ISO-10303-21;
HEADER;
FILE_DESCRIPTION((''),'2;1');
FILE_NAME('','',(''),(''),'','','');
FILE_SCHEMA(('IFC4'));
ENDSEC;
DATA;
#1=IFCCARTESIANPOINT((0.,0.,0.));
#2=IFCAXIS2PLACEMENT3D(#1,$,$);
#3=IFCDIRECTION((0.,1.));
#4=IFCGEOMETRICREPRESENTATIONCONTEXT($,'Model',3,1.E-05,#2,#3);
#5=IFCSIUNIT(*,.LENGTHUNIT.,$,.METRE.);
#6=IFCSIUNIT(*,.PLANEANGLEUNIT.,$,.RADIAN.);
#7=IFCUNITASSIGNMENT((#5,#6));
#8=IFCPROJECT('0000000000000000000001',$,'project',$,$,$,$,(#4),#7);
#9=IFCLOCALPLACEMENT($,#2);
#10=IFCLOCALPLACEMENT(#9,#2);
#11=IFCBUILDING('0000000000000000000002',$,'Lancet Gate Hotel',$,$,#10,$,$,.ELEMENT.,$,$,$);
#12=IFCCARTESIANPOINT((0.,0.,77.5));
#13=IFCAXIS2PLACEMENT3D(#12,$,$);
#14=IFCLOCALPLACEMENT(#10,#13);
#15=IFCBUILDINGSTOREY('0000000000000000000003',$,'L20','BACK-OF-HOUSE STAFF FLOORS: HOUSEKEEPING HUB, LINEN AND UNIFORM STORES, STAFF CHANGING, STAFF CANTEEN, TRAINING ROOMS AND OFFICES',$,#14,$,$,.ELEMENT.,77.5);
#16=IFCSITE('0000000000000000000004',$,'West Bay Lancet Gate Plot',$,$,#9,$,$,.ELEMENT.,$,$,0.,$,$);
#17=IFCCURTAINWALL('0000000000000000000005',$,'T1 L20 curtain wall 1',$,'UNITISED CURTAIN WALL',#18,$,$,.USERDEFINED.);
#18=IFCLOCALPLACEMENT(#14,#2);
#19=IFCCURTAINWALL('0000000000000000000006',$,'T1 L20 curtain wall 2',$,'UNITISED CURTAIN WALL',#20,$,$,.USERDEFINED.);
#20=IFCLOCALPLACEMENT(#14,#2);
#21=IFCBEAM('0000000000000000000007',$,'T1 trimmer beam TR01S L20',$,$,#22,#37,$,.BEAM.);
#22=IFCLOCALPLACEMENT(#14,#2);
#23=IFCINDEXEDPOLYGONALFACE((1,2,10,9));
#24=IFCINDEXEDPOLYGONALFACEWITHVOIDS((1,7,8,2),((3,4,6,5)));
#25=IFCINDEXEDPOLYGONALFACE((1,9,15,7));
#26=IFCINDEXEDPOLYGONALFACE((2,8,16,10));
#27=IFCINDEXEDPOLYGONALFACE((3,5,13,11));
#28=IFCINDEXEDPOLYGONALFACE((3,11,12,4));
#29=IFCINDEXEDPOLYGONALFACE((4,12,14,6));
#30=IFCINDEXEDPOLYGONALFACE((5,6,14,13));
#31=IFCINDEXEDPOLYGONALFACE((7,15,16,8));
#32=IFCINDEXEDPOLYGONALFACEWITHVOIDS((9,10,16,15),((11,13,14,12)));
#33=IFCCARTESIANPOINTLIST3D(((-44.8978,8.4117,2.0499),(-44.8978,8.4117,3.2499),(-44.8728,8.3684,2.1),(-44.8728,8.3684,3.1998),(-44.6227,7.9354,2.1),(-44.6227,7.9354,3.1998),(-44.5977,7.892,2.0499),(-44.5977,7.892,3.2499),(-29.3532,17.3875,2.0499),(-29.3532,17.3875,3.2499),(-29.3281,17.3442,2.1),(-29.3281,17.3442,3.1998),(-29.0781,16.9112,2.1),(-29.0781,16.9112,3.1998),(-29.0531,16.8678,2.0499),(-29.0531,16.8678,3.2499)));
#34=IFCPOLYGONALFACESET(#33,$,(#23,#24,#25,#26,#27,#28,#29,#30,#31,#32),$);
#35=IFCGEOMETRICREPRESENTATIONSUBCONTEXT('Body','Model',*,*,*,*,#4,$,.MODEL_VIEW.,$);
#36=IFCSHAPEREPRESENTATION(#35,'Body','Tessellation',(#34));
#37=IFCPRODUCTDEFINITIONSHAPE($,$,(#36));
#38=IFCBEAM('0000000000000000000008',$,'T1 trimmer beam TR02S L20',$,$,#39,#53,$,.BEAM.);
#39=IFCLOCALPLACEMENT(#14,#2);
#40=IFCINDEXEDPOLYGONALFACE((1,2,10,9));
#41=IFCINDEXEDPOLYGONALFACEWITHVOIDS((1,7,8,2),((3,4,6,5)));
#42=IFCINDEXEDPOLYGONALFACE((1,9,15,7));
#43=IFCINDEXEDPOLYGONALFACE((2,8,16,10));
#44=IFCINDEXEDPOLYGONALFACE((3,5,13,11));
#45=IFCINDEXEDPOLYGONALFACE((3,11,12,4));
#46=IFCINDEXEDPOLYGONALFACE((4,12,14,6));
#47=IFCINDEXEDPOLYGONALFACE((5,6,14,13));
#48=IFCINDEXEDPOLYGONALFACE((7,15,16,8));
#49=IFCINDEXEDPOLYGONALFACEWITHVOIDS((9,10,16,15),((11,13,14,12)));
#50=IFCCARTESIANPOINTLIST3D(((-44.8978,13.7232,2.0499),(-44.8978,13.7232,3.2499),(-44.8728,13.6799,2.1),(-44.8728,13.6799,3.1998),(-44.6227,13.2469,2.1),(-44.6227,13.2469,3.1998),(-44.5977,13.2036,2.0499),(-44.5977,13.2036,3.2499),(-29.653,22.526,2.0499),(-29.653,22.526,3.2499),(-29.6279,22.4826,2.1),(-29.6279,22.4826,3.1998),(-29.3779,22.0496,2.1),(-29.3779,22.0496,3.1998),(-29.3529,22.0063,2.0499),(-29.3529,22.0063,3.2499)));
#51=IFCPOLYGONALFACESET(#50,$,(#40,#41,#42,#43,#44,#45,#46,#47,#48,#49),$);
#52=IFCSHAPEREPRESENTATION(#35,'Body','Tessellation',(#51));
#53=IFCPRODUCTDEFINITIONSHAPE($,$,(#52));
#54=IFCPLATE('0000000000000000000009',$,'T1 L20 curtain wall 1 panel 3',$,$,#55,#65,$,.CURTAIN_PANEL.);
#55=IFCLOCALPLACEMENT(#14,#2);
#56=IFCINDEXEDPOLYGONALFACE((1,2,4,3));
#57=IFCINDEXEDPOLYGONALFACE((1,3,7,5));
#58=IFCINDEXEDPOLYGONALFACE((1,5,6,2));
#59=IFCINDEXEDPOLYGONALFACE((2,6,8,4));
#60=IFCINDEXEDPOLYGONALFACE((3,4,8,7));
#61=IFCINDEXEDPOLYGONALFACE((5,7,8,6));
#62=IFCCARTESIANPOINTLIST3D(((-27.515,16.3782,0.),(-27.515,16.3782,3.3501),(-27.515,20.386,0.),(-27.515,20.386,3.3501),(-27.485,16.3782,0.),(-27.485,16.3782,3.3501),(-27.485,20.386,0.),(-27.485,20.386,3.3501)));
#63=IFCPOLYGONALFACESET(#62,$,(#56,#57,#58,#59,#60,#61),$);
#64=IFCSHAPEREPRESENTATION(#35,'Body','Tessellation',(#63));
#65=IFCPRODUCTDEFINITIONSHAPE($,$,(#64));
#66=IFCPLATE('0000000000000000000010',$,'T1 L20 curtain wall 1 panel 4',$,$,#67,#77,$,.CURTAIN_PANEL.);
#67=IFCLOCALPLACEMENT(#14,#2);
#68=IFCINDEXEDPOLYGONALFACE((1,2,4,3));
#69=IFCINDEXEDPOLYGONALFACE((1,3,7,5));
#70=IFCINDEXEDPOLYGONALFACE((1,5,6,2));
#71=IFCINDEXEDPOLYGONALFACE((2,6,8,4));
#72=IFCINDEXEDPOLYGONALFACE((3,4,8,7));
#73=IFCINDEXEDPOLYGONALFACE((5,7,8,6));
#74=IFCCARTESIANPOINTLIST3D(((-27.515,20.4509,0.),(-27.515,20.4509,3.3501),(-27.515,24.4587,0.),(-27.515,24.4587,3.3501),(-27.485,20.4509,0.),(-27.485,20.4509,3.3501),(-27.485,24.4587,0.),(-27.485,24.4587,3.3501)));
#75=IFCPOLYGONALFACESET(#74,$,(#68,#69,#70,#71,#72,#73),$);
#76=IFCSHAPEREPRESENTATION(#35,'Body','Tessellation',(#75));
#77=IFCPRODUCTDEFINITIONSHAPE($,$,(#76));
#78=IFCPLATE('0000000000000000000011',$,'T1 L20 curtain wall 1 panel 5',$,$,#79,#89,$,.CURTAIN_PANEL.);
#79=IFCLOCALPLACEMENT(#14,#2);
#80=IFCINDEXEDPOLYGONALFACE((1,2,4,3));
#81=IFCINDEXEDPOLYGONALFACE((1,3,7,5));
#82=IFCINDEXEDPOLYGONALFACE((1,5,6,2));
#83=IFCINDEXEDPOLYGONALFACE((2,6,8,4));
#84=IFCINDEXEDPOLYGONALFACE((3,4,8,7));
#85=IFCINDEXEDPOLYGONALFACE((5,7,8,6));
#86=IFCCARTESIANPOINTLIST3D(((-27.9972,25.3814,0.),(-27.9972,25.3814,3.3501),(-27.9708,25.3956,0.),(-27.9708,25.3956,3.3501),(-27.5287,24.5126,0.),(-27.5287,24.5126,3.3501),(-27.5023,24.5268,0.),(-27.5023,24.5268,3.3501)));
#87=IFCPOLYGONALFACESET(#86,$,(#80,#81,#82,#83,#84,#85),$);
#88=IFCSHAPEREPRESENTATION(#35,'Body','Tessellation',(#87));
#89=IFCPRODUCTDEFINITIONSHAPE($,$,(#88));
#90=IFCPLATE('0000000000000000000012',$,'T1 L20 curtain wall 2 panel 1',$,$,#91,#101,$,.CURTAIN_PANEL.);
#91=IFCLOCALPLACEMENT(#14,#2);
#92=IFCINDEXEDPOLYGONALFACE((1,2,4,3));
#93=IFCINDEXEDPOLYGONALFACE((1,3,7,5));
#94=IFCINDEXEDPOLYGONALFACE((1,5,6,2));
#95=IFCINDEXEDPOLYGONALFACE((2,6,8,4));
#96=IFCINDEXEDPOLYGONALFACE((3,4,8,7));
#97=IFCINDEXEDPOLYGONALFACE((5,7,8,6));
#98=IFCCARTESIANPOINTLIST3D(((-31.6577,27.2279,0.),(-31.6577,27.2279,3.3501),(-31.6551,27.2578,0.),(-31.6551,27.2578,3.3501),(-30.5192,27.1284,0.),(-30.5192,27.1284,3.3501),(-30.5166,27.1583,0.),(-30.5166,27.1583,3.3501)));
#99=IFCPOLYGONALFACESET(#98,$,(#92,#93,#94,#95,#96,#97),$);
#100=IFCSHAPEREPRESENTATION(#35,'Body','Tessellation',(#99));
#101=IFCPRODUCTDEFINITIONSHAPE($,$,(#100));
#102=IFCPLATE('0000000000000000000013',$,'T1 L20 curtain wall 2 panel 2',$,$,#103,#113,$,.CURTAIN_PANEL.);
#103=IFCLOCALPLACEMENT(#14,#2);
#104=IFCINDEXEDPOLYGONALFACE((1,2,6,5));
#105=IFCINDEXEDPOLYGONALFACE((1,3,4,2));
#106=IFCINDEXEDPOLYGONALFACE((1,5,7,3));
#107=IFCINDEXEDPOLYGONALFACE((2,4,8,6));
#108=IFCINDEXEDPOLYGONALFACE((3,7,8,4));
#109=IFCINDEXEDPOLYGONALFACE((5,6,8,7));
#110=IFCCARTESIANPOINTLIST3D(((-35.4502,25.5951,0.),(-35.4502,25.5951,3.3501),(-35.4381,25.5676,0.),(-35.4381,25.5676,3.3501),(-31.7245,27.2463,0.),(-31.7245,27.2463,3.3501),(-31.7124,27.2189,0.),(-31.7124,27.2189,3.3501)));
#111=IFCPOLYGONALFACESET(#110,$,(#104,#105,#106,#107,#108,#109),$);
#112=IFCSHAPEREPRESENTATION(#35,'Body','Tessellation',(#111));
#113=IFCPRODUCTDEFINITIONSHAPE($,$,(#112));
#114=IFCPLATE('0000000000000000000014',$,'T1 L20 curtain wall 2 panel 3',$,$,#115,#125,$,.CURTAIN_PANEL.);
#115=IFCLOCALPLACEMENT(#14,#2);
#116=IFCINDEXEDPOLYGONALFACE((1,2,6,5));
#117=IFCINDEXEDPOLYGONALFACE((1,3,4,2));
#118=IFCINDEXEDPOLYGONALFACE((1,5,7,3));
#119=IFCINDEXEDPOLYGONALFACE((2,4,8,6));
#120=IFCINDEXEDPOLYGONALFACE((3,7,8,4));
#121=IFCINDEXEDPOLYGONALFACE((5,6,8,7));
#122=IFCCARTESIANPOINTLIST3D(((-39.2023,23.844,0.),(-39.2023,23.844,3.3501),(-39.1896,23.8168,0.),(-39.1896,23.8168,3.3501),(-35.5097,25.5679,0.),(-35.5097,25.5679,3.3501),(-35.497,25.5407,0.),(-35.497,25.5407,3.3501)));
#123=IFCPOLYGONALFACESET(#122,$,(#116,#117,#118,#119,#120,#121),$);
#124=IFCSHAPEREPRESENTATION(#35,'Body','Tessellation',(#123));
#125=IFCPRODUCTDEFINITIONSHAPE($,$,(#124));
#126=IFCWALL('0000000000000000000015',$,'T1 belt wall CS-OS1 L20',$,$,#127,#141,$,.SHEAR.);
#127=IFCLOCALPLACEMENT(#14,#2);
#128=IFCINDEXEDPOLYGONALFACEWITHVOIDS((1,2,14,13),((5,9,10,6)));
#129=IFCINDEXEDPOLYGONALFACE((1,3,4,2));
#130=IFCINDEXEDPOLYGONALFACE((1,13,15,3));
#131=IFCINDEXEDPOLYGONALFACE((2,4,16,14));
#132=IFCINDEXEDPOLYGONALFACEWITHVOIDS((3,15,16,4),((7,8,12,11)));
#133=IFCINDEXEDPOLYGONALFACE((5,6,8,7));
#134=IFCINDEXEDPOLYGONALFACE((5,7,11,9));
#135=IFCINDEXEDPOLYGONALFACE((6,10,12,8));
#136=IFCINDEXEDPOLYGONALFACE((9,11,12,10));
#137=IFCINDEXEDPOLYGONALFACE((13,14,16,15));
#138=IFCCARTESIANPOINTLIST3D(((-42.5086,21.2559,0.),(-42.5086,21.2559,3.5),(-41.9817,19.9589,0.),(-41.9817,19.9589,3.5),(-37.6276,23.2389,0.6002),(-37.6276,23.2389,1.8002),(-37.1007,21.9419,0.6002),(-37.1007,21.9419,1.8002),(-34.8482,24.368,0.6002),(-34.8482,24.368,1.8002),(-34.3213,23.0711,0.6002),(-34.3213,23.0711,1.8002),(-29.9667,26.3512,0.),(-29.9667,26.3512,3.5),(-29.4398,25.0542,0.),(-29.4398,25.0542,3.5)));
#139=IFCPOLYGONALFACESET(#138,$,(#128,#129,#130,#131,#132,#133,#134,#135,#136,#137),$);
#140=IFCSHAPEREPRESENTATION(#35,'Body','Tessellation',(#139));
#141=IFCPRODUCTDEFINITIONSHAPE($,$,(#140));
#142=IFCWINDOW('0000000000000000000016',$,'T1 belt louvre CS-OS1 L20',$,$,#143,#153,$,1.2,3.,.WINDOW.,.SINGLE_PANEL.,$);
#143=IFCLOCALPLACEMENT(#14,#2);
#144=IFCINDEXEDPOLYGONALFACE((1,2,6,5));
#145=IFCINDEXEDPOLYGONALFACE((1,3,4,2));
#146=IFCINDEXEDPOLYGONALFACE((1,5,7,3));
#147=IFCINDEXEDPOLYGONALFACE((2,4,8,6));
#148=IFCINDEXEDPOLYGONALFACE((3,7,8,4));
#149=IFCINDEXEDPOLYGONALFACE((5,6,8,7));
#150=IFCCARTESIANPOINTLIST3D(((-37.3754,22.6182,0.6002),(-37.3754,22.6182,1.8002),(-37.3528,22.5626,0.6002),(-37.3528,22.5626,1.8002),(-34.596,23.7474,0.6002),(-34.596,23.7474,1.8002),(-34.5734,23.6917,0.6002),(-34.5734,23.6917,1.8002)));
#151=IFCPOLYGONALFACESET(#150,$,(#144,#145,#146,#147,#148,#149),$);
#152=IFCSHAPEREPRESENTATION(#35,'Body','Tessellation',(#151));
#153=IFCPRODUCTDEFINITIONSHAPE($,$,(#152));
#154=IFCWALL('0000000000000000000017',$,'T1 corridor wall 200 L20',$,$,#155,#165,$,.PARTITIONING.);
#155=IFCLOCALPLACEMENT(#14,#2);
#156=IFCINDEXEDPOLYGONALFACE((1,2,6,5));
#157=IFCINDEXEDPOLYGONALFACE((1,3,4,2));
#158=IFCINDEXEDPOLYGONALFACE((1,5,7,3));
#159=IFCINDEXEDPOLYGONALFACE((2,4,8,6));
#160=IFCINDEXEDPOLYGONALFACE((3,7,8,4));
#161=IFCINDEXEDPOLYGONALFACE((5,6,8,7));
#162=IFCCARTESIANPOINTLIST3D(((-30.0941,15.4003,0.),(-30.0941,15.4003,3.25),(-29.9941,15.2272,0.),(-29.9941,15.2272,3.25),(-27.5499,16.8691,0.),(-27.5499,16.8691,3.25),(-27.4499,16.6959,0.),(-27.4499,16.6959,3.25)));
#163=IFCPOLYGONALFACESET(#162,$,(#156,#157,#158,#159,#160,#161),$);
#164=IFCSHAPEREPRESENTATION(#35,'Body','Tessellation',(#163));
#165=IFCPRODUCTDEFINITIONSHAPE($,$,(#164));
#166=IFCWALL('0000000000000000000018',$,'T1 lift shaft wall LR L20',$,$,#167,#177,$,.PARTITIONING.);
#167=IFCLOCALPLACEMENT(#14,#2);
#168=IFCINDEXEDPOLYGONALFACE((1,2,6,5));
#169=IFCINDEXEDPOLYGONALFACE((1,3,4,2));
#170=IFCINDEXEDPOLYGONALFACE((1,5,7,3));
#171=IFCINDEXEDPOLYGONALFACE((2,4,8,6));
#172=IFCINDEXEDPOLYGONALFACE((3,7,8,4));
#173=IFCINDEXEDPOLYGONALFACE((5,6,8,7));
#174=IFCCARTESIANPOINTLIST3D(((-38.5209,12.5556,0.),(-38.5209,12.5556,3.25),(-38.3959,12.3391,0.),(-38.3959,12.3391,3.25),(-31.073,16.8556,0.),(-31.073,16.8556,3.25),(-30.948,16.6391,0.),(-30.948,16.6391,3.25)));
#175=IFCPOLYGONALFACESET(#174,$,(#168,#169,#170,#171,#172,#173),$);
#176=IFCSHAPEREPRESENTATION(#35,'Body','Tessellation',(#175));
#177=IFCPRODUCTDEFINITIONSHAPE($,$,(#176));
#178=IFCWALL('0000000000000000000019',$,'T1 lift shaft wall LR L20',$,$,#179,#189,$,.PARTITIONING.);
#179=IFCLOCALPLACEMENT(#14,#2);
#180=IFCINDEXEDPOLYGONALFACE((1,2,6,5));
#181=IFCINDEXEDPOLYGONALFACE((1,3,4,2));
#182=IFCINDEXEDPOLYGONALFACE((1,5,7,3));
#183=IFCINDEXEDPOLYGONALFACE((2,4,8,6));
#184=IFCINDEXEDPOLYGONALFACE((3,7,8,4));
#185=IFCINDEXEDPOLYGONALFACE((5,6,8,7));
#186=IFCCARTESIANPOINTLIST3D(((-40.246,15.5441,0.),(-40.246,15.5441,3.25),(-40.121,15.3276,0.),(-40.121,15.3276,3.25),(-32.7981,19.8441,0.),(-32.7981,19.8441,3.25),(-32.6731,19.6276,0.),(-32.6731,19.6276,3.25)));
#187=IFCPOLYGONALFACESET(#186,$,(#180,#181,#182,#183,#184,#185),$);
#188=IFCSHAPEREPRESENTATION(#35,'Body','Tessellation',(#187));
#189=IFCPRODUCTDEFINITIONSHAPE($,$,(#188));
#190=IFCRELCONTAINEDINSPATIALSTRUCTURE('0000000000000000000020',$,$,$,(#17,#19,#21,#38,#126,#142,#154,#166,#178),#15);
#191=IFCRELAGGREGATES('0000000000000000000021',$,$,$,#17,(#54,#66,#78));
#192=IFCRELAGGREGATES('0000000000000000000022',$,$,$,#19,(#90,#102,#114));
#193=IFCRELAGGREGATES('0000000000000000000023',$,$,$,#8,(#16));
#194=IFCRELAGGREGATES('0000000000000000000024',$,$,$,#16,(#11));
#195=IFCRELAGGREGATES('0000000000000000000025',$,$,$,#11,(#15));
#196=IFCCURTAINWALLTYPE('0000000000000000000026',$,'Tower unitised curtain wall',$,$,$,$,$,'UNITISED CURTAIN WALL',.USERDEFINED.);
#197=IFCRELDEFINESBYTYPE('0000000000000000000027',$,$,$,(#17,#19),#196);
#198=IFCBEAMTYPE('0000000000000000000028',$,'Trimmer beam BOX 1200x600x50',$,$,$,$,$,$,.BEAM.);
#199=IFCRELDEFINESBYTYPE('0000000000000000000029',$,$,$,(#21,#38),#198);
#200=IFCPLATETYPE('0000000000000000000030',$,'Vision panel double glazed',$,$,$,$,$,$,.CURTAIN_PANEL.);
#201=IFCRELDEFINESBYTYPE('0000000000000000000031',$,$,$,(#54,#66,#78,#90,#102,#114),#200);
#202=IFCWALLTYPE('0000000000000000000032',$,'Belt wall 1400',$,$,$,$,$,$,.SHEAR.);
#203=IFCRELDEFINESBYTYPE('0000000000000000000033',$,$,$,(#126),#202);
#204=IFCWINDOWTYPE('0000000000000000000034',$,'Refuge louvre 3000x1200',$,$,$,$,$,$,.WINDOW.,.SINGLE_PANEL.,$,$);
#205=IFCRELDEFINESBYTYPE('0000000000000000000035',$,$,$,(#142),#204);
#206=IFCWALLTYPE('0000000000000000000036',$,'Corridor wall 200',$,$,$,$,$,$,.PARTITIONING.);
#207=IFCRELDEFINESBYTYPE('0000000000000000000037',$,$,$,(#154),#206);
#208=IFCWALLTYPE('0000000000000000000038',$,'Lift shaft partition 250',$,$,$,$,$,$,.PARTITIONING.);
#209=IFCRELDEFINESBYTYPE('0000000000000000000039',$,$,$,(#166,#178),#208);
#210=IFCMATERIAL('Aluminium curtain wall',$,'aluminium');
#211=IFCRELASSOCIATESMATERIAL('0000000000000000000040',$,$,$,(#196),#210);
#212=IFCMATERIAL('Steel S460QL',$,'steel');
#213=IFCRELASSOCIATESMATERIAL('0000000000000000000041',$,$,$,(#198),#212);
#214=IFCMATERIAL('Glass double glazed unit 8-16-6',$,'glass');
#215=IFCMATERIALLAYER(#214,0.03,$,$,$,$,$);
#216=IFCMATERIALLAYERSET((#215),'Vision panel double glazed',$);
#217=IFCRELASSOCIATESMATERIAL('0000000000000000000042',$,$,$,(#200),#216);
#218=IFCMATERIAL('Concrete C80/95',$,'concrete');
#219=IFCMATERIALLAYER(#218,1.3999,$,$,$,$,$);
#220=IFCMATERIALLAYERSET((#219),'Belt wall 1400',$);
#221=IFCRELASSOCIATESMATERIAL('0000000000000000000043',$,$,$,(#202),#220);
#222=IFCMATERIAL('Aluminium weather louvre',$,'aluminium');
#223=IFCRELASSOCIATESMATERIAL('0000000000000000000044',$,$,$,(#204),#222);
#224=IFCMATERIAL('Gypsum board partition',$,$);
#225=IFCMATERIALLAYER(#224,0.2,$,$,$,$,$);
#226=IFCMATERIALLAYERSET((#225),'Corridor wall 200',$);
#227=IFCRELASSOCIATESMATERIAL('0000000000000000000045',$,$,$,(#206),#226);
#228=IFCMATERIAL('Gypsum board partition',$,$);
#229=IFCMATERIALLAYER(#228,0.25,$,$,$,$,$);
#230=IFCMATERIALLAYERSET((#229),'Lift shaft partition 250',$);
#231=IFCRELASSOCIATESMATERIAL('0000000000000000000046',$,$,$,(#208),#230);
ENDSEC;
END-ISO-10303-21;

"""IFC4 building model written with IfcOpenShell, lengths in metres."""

from ifc_helpers import new_model, si_unit, direction, frame, frame_2d, origin, origin_2d, place, context, subcontext, project, spatial, rectangle, hollow_rectangle, extrude, material, layer, layer_set, material_profile, profile_set, type_object, element, fill, aggregate, save


model = new_model("IFC4")

# Units and contexts
model_context = context("Model", 3, precision=1e-05, world=origin(), true_north=direction((0.0, 1.0)))
body_context = subcontext(model_context, "Body", "Model", "MODEL_VIEW")
ifc_project = project(units=[si_unit("LENGTHUNIT", "METRE"), si_unit("PLANEANGLEUNIT", "RADIAN")], contexts=[model_context])

# Site, building, storey
site_placement = place(None, origin())
site = spatial("IfcSite", under=ifc_project, at=site_placement, Name="West Bay Lancet Gate Plot", CompositionType="ELEMENT", RefElevation=0.0)
building_placement = place(site_placement, origin())
building = spatial("IfcBuilding", under=site, at=building_placement, Name="Lancet Gate Hotel", CompositionType="ELEMENT")
storey_placement = place(building_placement, frame((0.0, 0.0, 77.5)))
storey = spatial("IfcBuildingStorey", under=building, at=storey_placement, Name="L20", Description="BACK-OF-HOUSE STAFF FLOORS: HOUSEKEEPING HUB, LINEN AND UNIFORM STORES, STAFF CHANGING, STAFF CANTEEN, TRAINING ROOMS AND OFFICES", CompositionType="ELEMENT", Elevation=77.5)

# Curtain walls
ifc_material_1 = material(Name="Aluminium curtain wall", Category="aluminium")
curtain_wall_type = type_object("IfcCurtainWallType", Name="Tower unitised curtain wall", ElementType="UNITISED CURTAIN WALL", PredefinedType="USERDEFINED", material=ifc_material_1)
curtain_wall_1_placement = place(storey_placement, origin())
curtain_wall_1 = element("IfcCurtainWall", 1, at=curtain_wall_1_placement, inside=storey, type_object=curtain_wall_type, Name="T1 L20 curtain wall 1", ObjectType="UNITISED CURTAIN WALL", PredefinedType="USERDEFINED")
curtain_wall_2_placement = place(storey_placement, origin())
curtain_wall_2 = element("IfcCurtainWall", 2, at=curtain_wall_2_placement, inside=storey, type_object=curtain_wall_type, Name="T1 L20 curtain wall 2", ObjectType="UNITISED CURTAIN WALL", PredefinedType="USERDEFINED")

# Beams
ifc_material_2 = material(Name="Steel S460QL", Category="steel")
ifc_material_profile_1 = material_profile(ifc_material_2, hollow_rectangle(XDim=0.6001, YDim=1.2, WallThickness=0.05, at=origin_2d()), Name="BOX 1200x600x50")
ifc_profile_set_1 = profile_set([ifc_material_profile_1], Name="Steel S460QL")
beam_type_1 = type_object("IfcBeamType", Name="Trimmer beam BOX 1200x600x50", PredefinedType="BEAM", material=ifc_profile_set_1)
beam_1_placement = place(storey_placement, frame((-29.2031, 17.1277, 2.6499), z_axis=(-0.865999, -0.500046, 0.0), x_axis=(0.500046, -0.865999, 0.0)))
element("IfcBeam", 3, at=beam_1_placement, inside=storey, type_object=beam_type_1, Name="T1 trimmer beam TR01S L20", PredefinedType="BEAM", context=body_context, shape_type="SweptSolid", body=[
    extrude(hollow_rectangle(XDim=0.6001, YDim=1.2, WallThickness=0.05, at=origin_2d()), origin(), (0.0, 0.0, 1.0), 17.95),
])
beam_2_placement = place(storey_placement, frame((-29.5029, 22.2661, 2.6499), z_axis=(-0.865998, -0.500047, 0.0), x_axis=(0.500047, -0.865998, 0.0)))
element("IfcBeam", 4, at=beam_2_placement, inside=storey, type_object=beam_type_1, Name="T1 trimmer beam TR02S L20", PredefinedType="BEAM", context=body_context, shape_type="SweptSolid", body=[
    extrude(hollow_rectangle(XDim=0.6001, YDim=1.2, WallThickness=0.05, at=origin_2d()), origin(), (0.0, 0.0, 1.0), 17.6038),
])

# Plates
ifc_material_3 = material(Name="Glass double glazed unit 8-16-6", Category="glass")
ifc_layer_1 = layer(ifc_material_3, 0.03)
ifc_layer_set_1 = layer_set([ifc_layer_1], Name="Vision panel double glazed")
plate_type = type_object("IfcPlateType", Name="Vision panel double glazed", PredefinedType="CURTAIN_PANEL", material=ifc_layer_set_1)
plate_1_placement = place(storey_placement, frame((-27.5, 18.3821, 0.0), z_axis=(0.0, 0.0, 1.0), x_axis=(0.0, 1.0, 0.0)))
plate_1 = element("IfcPlate", 5, at=plate_1_placement, type_object=plate_type, Name="T1 L20 curtain wall 1 panel 3", PredefinedType="CURTAIN_PANEL", context=body_context, shape_type="SweptSolid", body=[
    extrude(rectangle(XDim=4.0078, YDim=0.03, at=origin_2d()), origin(), (0.0, 0.0, 1.0), 3.3501),
])
plate_2_placement = place(storey_placement, frame((-27.5, 22.4548, 0.0), z_axis=(0.0, 0.0, 1.0), x_axis=(0.0, 1.0, 0.0)))
plate_2 = element("IfcPlate", 6, at=plate_2_placement, type_object=plate_type, Name="T1 L20 curtain wall 1 panel 4", PredefinedType="CURTAIN_PANEL", context=body_context, shape_type="SweptSolid", body=[
    extrude(rectangle(XDim=4.0078, YDim=0.03, at=origin_2d()), origin(), (0.0, 0.0, 1.0), 3.3501),
])
plate_3_placement = place(storey_placement, frame((-27.7498, 24.9541, 0.0), z_axis=(0.0, 0.0, 1.0), x_axis=(-0.474631, 0.880185, 0.0)))
plate_3 = element("IfcPlate", 7, at=plate_3_placement, type_object=plate_type, Name="T1 L20 curtain wall 1 panel 5", PredefinedType="CURTAIN_PANEL", context=body_context, shape_type="SweptSolid", body=[
    extrude(rectangle(XDim=0.9871, YDim=0.03, at=origin_2d()), origin(), (0.0, 0.0, 1.0), 3.3501),
])
aggregate(curtain_wall_1, [plate_1, plate_2, plate_3])
plate_4_placement = place(storey_placement, frame((-31.0872, 27.1931, 0.0), z_axis=(0.0, 0.0, 1.0), x_axis=(-0.996204, 0.087052, 0.0)))
plate_4 = element("IfcPlate", 8, at=plate_4_placement, type_object=plate_type, Name="T1 L20 curtain wall 2 panel 1", PredefinedType="CURTAIN_PANEL", context=body_context, shape_type="SweptSolid", body=[
    extrude(rectangle(XDim=1.1428, YDim=0.03, at=origin_2d()), origin(), (0.0, 0.0, 1.0), 3.3501),
])
plate_5_placement = place(storey_placement, frame((-33.5813, 26.407, 0.0), z_axis=(0.0, 0.0, 1.0), x_axis=(-0.914234, -0.405186, 0.0)))
plate_5 = element("IfcPlate", 9, at=plate_5_placement, type_object=plate_type, Name="T1 L20 curtain wall 2 panel 2", PredefinedType="CURTAIN_PANEL", context=body_context, shape_type="SweptSolid", body=[
    extrude(rectangle(XDim=4.0752, YDim=0.03, at=origin_2d()), origin(), (0.0, 0.0, 1.0), 3.3501),
])
plate_6_placement = place(storey_placement, frame((-37.3496, 24.6924, 0.0), z_axis=(0.0, 0.0, 1.0), x_axis=(-0.906118, -0.423026, 0.0)))
plate_6 = element("IfcPlate", 10, at=plate_6_placement, type_object=plate_type, Name="T1 L20 curtain wall 2 panel 3", PredefinedType="CURTAIN_PANEL", context=body_context, shape_type="SweptSolid", body=[
    extrude(rectangle(XDim=4.0752, YDim=0.03, at=origin_2d()), origin(), (0.0, 0.0, 1.0), 3.3501),
])
aggregate(curtain_wall_2, [plate_4, plate_5, plate_6])

# Wall, opening, window
ifc_material_4 = material(Name="Concrete C80/95", Category="concrete")
ifc_layer_2 = layer(ifc_material_4, 1.3999)
ifc_layer_set_2 = layer_set([ifc_layer_2], Name="Belt wall 1400")
wall_type_1 = type_object("IfcWallType", Name="Belt wall 1400", PredefinedType="SHEAR", material=ifc_layer_set_2)
wall_1_placement = place(storey_placement, frame((-29.7034, 25.7026, 0.0), z_axis=(0.0, 0.0, 1.0), x_axis=(-0.926463, -0.376385, 0.0)))
wall_1 = element("IfcWall", 11, at=wall_1_placement, inside=storey, type_object=wall_type_1, Name="T1 belt wall CS-OS1 L20", PredefinedType="SHEAR", context=body_context, shape_type="SweptSolid", body=[
    extrude(rectangle(XDim=13.5374, YDim=1.3999, at=frame_2d((6.7686, 0.0))), origin(), (0.0, 0.0, 1.0), 3.5),
])
opening_placement = place(wall_1_placement, frame((5.2688, 0.0, 0.6001)))
opening = element("IfcOpeningElement", 12, at=opening_placement, cuts=wall_1, PredefinedType="OPENING", context=body_context, shape_type="SweptSolid", body=[
    extrude(rectangle(XDim=3.0, YDim=1.2, at=frame_2d((1.5, 0.6001))), frame((0.0, 0.71, 0.0), z_axis=(0.0, -1.0, 0.0), x_axis=(1.0, 0.0, 0.0)), (0.0, 0.0, 1.0), 1.4199),
])
ifc_material_5 = material(Name="Aluminium weather louvre", Category="aluminium")
window_type = type_object("IfcWindowType", Name="Refuge louvre 3000x1200", PartitioningType="SINGLE_PANEL", PredefinedType="WINDOW", material=ifc_material_5)
window_placement = place(opening_placement, origin())
window = element("IfcWindow", 13, at=window_placement, inside=storey, type_object=window_type, Name="T1 belt louvre CS-OS1 L20", OverallHeight=1.2, OverallWidth=3.0, PartitioningType="SINGLE_PANEL", PredefinedType="WINDOW", context=body_context, shape_type="SweptSolid", body=[
    extrude(rectangle(XDim=3.0, YDim=1.2, at=frame_2d((1.5, 0.6001))), frame((0.0, 0.03, 0.0), z_axis=(0.0, -1.0, 0.0), x_axis=(1.0, 0.0, 0.0)), (0.0, 0.0, 1.0), 0.0601),
])
fill(opening, window)

# Walls
ifc_material_6 = material(Name="Gypsum board partition")
ifc_layer_3 = layer(ifc_material_6, 0.2)
ifc_layer_set_3 = layer_set([ifc_layer_3], Name="Corridor wall 200")
wall_type_2 = type_object("IfcWallType", Name="Corridor wall 200", PredefinedType="PARTITIONING", material=ifc_layer_set_3)
wall_2_placement = place(storey_placement, frame((-27.5, 16.7825, 0.0), z_axis=(0.0, 0.0, 1.0), x_axis=(-0.866046, -0.499965, 0.0)))
element("IfcWall", 14, at=wall_2_placement, inside=storey, type_object=wall_type_2, Name="T1 corridor wall 200 L20", PredefinedType="PARTITIONING", context=body_context, shape_type="SweptSolid", body=[
    extrude(rectangle(XDim=2.9377, YDim=0.2, at=frame_2d((1.4688, 0.0))), origin(), (0.0, 0.0, 1.0), 3.25),
])
ifc_material_7 = material(Name="Gypsum board partition")
ifc_layer_4 = layer(ifc_material_7, 0.25)
ifc_layer_set_4 = layer_set([ifc_layer_4], Name="Lift shaft partition 250")
wall_type_3 = type_object("IfcWallType", Name="Lift shaft partition 250", PredefinedType="PARTITIONING", material=ifc_layer_set_4)
for number, where, z_axis, x_axis, name in (
    (15, (-31.0105, 16.7473, 0.0), (0.0, 0.0, 1.0), (-0.866028, -0.499995, 0.0), "T1 lift shaft wall LR L20"),
    (16, (-32.7356, 19.7358, 0.0), (0.0, 0.0, 1.0), (-0.866028, -0.499995, 0.0), "T1 lift shaft wall LR L20"),
):
    element("IfcWall", number, at=place(storey_placement, frame(where, z_axis=z_axis, x_axis=x_axis)), inside=storey, type_object=wall_type_3, Name=name, PredefinedType="PARTITIONING", context=body_context, shape_type="SweptSolid", body=[
        extrude(rectangle(XDim=8.6001, YDim=0.25, at=frame_2d((4.3, 0.0))), origin(), (0.0, 0.0, 1.0), 3.25),
    ])

save(model, "model.ifc")
